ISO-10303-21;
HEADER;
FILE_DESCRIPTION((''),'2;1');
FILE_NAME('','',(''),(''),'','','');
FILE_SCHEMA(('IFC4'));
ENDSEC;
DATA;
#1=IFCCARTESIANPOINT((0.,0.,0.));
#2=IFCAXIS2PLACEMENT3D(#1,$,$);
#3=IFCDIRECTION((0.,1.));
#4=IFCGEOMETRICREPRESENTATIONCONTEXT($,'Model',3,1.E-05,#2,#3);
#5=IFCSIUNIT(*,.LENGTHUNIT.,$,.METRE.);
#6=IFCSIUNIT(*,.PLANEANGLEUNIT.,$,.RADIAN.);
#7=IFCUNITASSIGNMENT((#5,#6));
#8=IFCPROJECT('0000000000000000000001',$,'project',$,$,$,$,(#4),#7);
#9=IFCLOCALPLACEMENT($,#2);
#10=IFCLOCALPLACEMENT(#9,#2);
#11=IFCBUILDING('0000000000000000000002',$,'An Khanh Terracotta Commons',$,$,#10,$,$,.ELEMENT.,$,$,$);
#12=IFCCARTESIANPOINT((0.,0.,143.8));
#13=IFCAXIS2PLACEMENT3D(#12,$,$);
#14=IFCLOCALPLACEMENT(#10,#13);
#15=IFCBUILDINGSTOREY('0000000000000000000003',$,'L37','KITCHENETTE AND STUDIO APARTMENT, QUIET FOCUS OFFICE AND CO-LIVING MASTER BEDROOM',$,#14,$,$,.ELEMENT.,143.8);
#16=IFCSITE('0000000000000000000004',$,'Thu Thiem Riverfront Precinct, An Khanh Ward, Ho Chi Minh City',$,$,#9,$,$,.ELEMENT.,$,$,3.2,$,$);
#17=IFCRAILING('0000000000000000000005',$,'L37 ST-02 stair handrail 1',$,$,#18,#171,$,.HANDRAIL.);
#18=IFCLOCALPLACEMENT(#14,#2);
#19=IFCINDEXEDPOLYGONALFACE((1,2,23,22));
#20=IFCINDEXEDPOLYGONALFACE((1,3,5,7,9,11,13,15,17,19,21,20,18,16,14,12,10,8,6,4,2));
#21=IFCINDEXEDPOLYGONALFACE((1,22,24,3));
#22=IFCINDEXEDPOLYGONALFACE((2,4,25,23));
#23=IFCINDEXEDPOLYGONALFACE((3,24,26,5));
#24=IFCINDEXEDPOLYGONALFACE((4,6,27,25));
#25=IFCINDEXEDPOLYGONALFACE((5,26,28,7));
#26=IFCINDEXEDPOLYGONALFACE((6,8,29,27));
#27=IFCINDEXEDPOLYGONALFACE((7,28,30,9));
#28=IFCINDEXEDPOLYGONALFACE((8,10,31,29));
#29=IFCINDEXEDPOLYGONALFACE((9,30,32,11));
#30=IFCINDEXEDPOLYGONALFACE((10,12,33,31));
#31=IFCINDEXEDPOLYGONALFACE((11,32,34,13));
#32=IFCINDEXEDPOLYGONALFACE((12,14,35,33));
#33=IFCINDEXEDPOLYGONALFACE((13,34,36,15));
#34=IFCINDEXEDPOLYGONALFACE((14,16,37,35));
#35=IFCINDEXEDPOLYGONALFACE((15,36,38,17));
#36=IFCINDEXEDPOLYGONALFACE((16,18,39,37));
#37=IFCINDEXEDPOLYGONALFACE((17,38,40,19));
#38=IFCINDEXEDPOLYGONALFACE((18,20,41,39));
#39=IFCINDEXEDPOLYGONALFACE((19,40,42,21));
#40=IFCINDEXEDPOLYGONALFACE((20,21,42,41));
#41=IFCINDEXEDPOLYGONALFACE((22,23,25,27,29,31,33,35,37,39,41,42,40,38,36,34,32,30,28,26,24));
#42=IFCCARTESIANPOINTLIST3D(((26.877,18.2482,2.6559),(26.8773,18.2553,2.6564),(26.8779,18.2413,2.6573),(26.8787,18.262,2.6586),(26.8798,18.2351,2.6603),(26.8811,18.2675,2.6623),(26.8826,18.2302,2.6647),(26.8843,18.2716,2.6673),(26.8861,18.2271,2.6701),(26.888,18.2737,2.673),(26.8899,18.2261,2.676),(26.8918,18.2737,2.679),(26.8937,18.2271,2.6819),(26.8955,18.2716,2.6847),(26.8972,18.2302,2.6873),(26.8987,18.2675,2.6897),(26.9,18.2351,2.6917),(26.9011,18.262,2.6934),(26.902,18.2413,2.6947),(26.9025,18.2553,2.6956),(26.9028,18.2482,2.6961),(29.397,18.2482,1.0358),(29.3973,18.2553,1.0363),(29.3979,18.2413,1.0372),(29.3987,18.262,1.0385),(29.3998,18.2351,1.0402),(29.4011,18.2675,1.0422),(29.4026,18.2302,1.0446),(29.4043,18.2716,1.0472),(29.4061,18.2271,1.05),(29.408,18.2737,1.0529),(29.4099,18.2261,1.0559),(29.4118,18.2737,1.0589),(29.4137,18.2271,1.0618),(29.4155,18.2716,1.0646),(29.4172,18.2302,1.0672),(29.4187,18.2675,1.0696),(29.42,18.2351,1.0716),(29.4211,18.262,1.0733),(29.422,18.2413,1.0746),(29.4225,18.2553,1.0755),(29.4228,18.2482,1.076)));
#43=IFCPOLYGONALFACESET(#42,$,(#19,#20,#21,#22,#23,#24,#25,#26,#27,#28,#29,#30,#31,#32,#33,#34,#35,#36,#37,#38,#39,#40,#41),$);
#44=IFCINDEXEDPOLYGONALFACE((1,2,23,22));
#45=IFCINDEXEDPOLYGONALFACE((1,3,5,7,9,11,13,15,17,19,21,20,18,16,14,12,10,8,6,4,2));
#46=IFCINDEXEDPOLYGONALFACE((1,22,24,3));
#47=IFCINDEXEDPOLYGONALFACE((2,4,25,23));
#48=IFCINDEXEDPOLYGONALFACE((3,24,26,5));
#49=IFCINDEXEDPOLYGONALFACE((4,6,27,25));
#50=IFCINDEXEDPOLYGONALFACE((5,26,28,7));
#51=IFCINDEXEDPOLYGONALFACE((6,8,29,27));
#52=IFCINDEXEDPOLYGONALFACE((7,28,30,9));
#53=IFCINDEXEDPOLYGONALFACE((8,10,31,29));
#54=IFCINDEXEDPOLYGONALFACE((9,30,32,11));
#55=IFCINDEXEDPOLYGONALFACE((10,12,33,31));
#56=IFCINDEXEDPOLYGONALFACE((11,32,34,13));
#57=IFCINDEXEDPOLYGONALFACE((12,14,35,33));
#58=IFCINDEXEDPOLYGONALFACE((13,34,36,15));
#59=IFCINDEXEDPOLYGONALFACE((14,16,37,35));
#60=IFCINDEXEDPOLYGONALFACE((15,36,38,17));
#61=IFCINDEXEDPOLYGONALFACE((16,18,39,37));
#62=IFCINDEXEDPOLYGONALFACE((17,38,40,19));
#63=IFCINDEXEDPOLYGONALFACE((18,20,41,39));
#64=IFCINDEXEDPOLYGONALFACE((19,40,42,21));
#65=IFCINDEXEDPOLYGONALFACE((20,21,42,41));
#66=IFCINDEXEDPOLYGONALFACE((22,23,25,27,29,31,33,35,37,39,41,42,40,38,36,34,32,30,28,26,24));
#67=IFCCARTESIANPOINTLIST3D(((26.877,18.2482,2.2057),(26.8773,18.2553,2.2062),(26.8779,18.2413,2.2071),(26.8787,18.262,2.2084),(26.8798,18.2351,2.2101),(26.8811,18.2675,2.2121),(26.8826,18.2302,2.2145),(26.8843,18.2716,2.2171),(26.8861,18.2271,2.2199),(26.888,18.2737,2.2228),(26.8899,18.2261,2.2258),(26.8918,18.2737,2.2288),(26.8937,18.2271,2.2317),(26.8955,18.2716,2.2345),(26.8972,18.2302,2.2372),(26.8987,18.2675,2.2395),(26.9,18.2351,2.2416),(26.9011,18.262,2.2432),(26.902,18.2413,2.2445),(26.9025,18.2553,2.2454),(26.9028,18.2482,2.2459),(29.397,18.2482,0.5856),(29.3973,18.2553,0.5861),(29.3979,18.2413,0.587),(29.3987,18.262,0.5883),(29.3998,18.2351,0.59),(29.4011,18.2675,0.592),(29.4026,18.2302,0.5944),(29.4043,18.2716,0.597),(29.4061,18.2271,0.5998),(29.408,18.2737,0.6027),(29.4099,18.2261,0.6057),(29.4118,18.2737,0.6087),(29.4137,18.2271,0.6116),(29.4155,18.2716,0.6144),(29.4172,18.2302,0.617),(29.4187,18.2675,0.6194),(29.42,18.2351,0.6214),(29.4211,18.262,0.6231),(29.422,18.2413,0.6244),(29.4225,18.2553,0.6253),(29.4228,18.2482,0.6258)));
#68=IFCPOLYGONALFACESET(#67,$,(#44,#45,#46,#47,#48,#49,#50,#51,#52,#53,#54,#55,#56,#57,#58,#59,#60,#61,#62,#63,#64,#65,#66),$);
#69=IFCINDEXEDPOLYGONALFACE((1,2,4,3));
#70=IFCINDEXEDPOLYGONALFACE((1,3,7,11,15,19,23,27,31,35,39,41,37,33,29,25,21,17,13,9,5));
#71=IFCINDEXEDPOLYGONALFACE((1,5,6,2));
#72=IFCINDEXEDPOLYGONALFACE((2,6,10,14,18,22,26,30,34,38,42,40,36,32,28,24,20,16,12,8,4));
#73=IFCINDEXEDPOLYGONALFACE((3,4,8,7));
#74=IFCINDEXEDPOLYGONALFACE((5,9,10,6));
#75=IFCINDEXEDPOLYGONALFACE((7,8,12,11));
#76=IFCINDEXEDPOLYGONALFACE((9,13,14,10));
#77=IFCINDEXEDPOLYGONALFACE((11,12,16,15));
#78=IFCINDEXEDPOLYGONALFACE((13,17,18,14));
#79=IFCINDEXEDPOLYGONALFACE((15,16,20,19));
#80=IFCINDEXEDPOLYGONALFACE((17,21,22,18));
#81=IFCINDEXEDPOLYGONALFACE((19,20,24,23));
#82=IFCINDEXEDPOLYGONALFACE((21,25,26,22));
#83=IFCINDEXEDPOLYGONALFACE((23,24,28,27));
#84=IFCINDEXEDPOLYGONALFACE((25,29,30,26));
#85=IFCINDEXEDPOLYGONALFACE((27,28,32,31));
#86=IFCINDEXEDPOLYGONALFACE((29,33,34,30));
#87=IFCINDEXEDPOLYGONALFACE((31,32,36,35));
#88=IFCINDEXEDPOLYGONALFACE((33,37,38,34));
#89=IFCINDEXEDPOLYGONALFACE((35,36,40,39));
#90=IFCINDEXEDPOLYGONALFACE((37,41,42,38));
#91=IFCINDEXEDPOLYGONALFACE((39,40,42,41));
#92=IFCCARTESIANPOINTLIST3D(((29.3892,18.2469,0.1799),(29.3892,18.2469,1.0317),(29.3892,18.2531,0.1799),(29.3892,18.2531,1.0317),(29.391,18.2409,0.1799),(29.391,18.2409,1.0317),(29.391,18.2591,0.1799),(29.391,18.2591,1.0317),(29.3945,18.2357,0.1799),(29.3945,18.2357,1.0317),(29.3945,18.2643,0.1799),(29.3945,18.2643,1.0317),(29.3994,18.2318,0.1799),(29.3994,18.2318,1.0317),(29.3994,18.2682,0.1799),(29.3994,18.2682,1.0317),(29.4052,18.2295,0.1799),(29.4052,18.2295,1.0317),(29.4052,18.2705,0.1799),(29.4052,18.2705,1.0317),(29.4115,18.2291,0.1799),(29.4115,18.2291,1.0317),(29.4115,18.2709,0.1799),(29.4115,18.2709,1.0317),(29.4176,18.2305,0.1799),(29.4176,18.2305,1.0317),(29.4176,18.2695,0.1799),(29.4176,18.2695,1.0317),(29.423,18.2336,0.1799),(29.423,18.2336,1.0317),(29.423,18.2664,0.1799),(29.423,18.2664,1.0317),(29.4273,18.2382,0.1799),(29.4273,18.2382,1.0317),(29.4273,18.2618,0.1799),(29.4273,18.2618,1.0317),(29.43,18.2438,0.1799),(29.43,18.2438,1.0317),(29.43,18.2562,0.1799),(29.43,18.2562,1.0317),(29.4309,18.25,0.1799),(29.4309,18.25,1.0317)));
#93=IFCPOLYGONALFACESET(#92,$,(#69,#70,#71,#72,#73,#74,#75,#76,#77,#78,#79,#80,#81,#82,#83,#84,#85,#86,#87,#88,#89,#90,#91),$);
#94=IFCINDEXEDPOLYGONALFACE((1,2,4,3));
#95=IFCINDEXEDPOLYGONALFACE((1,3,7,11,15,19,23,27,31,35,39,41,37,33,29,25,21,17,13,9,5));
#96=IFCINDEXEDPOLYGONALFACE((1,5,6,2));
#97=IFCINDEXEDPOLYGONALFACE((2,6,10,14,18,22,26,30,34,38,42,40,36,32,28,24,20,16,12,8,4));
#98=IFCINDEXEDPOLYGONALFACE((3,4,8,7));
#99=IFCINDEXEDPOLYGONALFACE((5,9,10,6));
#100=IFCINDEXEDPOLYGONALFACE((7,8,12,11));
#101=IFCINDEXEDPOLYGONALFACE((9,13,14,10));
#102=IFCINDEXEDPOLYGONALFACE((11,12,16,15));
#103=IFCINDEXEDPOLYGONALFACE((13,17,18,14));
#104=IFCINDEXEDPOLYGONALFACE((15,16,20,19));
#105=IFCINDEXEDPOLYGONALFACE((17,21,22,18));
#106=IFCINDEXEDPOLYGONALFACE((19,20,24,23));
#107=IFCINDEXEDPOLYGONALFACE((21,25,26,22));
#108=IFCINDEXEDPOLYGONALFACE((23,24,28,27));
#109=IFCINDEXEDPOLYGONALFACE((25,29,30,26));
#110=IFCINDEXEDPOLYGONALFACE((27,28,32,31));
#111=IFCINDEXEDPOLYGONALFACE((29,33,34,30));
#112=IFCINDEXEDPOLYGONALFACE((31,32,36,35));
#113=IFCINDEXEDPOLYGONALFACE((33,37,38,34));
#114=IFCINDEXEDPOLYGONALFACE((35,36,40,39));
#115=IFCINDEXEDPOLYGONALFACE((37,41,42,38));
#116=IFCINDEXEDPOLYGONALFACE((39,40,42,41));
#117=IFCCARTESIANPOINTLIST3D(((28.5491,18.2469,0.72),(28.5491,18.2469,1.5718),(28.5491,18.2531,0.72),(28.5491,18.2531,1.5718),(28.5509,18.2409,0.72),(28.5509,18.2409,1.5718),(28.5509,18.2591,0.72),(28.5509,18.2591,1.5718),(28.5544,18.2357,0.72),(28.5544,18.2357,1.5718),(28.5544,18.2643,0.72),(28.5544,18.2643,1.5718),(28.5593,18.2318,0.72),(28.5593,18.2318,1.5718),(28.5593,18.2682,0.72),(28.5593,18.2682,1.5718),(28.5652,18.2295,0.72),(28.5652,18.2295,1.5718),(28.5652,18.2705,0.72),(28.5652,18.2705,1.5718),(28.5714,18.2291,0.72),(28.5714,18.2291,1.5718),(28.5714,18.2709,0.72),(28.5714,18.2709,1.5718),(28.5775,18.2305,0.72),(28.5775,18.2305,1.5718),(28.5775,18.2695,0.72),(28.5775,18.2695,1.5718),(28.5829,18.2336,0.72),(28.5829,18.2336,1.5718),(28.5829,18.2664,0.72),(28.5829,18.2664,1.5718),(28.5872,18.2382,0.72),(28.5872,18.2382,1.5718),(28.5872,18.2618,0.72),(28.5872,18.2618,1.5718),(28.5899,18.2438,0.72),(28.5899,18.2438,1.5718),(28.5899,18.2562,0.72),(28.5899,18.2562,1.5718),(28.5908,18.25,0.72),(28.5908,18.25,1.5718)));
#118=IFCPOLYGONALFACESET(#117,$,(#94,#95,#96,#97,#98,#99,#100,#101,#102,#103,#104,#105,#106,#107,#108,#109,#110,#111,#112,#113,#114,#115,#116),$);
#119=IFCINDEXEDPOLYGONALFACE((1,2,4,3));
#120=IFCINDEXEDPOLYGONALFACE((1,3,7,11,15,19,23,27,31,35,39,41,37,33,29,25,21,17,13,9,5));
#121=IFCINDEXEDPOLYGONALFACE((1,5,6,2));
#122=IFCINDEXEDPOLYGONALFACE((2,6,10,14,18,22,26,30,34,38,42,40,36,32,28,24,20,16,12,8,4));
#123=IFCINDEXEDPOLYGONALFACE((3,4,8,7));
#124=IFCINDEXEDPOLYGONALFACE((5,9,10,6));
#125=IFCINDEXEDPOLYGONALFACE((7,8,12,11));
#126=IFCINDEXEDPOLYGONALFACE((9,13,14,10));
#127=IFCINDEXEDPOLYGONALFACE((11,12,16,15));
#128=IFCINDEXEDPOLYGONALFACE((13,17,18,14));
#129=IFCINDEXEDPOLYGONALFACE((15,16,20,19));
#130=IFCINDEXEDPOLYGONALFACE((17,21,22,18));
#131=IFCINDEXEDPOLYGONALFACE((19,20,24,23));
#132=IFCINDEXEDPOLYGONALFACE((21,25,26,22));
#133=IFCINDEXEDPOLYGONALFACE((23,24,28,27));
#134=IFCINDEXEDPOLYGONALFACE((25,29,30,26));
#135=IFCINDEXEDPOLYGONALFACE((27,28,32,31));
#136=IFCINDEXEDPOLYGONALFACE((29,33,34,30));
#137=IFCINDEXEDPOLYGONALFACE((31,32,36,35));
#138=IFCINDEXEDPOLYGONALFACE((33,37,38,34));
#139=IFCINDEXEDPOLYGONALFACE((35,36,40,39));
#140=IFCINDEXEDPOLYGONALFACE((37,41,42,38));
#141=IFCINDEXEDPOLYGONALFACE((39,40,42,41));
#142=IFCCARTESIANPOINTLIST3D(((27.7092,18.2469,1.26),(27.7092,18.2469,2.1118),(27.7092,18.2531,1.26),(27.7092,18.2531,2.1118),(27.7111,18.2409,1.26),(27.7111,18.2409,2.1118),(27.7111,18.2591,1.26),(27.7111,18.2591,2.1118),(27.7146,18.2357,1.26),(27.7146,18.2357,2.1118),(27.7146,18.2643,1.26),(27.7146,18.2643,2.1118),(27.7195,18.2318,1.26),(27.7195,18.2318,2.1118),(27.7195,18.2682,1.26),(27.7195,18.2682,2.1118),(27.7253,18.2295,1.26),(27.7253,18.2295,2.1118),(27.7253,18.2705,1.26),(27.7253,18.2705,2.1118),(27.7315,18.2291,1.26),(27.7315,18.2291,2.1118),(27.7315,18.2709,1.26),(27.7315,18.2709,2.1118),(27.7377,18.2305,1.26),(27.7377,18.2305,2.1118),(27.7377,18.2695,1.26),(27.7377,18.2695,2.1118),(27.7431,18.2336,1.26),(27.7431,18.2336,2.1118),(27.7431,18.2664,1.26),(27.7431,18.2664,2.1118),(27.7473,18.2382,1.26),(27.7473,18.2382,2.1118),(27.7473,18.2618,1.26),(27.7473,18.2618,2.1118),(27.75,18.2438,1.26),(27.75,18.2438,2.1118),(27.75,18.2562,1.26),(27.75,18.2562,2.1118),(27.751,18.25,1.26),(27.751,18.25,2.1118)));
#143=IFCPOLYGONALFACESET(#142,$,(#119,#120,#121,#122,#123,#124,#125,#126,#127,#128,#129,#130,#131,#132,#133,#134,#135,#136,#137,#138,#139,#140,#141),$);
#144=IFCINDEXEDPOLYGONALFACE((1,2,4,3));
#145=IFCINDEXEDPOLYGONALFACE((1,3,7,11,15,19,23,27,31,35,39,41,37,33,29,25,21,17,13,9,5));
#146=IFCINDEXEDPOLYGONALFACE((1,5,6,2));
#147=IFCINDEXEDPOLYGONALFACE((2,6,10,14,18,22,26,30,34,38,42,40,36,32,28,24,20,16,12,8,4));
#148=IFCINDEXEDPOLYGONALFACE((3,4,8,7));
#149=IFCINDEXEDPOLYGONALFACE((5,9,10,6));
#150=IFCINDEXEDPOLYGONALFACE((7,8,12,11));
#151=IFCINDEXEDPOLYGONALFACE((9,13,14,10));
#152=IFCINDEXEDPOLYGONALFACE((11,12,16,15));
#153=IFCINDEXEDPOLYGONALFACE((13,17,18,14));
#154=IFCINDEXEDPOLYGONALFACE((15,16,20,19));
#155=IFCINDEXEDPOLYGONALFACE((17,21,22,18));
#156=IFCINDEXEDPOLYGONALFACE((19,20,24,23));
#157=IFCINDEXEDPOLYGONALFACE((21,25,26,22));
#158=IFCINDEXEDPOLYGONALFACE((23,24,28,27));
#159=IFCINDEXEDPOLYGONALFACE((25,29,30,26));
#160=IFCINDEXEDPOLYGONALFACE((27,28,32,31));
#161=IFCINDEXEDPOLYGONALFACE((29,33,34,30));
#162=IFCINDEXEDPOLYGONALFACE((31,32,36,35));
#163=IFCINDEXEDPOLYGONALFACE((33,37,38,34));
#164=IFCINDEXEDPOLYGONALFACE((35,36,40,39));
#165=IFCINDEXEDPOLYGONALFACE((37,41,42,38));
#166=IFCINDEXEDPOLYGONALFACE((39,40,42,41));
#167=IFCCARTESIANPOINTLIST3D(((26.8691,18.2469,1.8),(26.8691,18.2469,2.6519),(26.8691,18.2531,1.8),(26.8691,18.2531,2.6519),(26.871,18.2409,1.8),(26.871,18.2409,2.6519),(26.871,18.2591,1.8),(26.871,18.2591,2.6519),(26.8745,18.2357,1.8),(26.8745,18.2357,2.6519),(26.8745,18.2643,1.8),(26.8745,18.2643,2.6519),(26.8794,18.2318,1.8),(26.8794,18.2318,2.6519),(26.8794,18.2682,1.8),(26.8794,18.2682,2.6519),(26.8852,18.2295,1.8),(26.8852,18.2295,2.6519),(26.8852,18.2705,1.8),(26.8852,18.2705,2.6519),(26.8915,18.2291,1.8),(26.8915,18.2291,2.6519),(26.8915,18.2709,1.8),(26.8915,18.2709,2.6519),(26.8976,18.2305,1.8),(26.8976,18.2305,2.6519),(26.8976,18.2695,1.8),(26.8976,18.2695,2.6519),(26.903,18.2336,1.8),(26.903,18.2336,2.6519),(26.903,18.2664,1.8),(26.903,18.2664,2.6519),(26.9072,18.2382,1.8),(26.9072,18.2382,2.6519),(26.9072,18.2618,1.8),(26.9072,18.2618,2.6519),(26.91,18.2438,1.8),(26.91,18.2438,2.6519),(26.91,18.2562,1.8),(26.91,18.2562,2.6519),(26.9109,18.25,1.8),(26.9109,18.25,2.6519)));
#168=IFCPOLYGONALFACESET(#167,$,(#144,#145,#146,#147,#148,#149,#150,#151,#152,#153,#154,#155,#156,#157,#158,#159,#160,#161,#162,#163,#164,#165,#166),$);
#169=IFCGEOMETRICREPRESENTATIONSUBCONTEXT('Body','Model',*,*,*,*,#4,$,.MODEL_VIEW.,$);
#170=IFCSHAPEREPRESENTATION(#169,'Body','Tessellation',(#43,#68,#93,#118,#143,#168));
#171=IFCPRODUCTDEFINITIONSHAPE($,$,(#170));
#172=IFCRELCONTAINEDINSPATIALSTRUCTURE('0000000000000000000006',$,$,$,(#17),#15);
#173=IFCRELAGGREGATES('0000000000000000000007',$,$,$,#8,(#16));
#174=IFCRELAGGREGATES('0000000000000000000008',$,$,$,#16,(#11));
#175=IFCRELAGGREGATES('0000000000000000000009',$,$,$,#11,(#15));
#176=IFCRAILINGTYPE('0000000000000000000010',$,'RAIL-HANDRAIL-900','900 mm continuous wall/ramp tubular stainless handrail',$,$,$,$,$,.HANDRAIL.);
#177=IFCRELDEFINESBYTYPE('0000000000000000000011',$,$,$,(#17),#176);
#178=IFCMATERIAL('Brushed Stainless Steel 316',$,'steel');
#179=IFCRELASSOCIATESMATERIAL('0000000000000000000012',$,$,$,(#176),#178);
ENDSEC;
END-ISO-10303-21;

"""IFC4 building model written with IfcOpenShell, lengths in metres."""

from ifc_helpers import new_model, si_unit, direction, frame, origin, origin_2d, place, context, subcontext, project, spatial, circle, extrude, material, type_object, element, save


model = new_model("IFC4")

# Units and contexts
model_context = context("Model", 3, precision=1e-05, world=origin(), true_north=direction((0.0, 1.0)))
body_context = subcontext(model_context, "Body", "Model", "MODEL_VIEW")
ifc_project = project(units=[si_unit("LENGTHUNIT", "METRE"), si_unit("PLANEANGLEUNIT", "RADIAN")], contexts=[model_context])

# Site, building, storey
site_placement = place(None, origin())
site = spatial("IfcSite", under=ifc_project, at=site_placement, Name="Thu Thiem Riverfront Precinct, An Khanh Ward, Ho Chi Minh City", CompositionType="ELEMENT", RefElevation=3.2)
building_placement = place(site_placement, origin())
building = spatial("IfcBuilding", under=site, at=building_placement, Name="An Khanh Terracotta Commons", CompositionType="ELEMENT")
storey_placement = place(building_placement, frame((0.0, 0.0, 143.8)))
storey = spatial("IfcBuildingStorey", under=building, at=storey_placement, Name="L37", Description="KITCHENETTE AND STUDIO APARTMENT, QUIET FOCUS OFFICE AND CO-LIVING MASTER BEDROOM", CompositionType="ELEMENT", Elevation=143.8)

# Railing
ifc_material_1 = material(Name="Brushed Stainless Steel 316", Category="steel")
railing_type = type_object("IfcRailingType", Name="RAIL-HANDRAIL-900", Description="900 mm continuous wall/ramp tubular stainless handrail", PredefinedType="HANDRAIL", material=ifc_material_1)
railing_placement = place(storey_placement, frame((29.4099, 18.25, 0.1799)))
element("IfcRailing", 1, at=railing_placement, inside=storey, type_object=railing_type, Name="L37 ST-02 stair handrail 1", PredefinedType="HANDRAIL", context=body_context, shape_type="SweptSolid", body=[
    extrude(circle(Radius=0.0239, at=origin_2d()), frame((0.0, 0.0, 0.876), z_axis=(-0.841163, 0.0, 0.540782), x_axis=(0.0, -1.0, 0.0)), (0.0, 0.0, 1.0), 2.9958),
    extrude(circle(Radius=0.0239, at=origin_2d()), frame((0.0, 0.0, 0.4258), z_axis=(-0.841163, 0.0, 0.540782), x_axis=(0.0, -1.0, 0.0)), (0.0, 0.0, 1.0), 2.9958),
    extrude(circle(Radius=0.021, at=origin_2d()), origin(), (0.0, 0.0, 1.0), 0.8518),
    extrude(circle(Radius=0.021, at=origin_2d()), frame((-0.8401, 0.0, 0.54)), (0.0, 0.0, 1.0), 0.8518),
    extrude(circle(Radius=0.021, at=origin_2d()), frame((-1.6799, 0.0, 1.0801)), (0.0, 0.0, 1.0), 0.8518),
    extrude(circle(Radius=0.021, at=origin_2d()), frame((-2.52, 0.0, 1.6201)), (0.0, 0.0, 1.0), 0.8518),
])

save(model, "model.ifc")
